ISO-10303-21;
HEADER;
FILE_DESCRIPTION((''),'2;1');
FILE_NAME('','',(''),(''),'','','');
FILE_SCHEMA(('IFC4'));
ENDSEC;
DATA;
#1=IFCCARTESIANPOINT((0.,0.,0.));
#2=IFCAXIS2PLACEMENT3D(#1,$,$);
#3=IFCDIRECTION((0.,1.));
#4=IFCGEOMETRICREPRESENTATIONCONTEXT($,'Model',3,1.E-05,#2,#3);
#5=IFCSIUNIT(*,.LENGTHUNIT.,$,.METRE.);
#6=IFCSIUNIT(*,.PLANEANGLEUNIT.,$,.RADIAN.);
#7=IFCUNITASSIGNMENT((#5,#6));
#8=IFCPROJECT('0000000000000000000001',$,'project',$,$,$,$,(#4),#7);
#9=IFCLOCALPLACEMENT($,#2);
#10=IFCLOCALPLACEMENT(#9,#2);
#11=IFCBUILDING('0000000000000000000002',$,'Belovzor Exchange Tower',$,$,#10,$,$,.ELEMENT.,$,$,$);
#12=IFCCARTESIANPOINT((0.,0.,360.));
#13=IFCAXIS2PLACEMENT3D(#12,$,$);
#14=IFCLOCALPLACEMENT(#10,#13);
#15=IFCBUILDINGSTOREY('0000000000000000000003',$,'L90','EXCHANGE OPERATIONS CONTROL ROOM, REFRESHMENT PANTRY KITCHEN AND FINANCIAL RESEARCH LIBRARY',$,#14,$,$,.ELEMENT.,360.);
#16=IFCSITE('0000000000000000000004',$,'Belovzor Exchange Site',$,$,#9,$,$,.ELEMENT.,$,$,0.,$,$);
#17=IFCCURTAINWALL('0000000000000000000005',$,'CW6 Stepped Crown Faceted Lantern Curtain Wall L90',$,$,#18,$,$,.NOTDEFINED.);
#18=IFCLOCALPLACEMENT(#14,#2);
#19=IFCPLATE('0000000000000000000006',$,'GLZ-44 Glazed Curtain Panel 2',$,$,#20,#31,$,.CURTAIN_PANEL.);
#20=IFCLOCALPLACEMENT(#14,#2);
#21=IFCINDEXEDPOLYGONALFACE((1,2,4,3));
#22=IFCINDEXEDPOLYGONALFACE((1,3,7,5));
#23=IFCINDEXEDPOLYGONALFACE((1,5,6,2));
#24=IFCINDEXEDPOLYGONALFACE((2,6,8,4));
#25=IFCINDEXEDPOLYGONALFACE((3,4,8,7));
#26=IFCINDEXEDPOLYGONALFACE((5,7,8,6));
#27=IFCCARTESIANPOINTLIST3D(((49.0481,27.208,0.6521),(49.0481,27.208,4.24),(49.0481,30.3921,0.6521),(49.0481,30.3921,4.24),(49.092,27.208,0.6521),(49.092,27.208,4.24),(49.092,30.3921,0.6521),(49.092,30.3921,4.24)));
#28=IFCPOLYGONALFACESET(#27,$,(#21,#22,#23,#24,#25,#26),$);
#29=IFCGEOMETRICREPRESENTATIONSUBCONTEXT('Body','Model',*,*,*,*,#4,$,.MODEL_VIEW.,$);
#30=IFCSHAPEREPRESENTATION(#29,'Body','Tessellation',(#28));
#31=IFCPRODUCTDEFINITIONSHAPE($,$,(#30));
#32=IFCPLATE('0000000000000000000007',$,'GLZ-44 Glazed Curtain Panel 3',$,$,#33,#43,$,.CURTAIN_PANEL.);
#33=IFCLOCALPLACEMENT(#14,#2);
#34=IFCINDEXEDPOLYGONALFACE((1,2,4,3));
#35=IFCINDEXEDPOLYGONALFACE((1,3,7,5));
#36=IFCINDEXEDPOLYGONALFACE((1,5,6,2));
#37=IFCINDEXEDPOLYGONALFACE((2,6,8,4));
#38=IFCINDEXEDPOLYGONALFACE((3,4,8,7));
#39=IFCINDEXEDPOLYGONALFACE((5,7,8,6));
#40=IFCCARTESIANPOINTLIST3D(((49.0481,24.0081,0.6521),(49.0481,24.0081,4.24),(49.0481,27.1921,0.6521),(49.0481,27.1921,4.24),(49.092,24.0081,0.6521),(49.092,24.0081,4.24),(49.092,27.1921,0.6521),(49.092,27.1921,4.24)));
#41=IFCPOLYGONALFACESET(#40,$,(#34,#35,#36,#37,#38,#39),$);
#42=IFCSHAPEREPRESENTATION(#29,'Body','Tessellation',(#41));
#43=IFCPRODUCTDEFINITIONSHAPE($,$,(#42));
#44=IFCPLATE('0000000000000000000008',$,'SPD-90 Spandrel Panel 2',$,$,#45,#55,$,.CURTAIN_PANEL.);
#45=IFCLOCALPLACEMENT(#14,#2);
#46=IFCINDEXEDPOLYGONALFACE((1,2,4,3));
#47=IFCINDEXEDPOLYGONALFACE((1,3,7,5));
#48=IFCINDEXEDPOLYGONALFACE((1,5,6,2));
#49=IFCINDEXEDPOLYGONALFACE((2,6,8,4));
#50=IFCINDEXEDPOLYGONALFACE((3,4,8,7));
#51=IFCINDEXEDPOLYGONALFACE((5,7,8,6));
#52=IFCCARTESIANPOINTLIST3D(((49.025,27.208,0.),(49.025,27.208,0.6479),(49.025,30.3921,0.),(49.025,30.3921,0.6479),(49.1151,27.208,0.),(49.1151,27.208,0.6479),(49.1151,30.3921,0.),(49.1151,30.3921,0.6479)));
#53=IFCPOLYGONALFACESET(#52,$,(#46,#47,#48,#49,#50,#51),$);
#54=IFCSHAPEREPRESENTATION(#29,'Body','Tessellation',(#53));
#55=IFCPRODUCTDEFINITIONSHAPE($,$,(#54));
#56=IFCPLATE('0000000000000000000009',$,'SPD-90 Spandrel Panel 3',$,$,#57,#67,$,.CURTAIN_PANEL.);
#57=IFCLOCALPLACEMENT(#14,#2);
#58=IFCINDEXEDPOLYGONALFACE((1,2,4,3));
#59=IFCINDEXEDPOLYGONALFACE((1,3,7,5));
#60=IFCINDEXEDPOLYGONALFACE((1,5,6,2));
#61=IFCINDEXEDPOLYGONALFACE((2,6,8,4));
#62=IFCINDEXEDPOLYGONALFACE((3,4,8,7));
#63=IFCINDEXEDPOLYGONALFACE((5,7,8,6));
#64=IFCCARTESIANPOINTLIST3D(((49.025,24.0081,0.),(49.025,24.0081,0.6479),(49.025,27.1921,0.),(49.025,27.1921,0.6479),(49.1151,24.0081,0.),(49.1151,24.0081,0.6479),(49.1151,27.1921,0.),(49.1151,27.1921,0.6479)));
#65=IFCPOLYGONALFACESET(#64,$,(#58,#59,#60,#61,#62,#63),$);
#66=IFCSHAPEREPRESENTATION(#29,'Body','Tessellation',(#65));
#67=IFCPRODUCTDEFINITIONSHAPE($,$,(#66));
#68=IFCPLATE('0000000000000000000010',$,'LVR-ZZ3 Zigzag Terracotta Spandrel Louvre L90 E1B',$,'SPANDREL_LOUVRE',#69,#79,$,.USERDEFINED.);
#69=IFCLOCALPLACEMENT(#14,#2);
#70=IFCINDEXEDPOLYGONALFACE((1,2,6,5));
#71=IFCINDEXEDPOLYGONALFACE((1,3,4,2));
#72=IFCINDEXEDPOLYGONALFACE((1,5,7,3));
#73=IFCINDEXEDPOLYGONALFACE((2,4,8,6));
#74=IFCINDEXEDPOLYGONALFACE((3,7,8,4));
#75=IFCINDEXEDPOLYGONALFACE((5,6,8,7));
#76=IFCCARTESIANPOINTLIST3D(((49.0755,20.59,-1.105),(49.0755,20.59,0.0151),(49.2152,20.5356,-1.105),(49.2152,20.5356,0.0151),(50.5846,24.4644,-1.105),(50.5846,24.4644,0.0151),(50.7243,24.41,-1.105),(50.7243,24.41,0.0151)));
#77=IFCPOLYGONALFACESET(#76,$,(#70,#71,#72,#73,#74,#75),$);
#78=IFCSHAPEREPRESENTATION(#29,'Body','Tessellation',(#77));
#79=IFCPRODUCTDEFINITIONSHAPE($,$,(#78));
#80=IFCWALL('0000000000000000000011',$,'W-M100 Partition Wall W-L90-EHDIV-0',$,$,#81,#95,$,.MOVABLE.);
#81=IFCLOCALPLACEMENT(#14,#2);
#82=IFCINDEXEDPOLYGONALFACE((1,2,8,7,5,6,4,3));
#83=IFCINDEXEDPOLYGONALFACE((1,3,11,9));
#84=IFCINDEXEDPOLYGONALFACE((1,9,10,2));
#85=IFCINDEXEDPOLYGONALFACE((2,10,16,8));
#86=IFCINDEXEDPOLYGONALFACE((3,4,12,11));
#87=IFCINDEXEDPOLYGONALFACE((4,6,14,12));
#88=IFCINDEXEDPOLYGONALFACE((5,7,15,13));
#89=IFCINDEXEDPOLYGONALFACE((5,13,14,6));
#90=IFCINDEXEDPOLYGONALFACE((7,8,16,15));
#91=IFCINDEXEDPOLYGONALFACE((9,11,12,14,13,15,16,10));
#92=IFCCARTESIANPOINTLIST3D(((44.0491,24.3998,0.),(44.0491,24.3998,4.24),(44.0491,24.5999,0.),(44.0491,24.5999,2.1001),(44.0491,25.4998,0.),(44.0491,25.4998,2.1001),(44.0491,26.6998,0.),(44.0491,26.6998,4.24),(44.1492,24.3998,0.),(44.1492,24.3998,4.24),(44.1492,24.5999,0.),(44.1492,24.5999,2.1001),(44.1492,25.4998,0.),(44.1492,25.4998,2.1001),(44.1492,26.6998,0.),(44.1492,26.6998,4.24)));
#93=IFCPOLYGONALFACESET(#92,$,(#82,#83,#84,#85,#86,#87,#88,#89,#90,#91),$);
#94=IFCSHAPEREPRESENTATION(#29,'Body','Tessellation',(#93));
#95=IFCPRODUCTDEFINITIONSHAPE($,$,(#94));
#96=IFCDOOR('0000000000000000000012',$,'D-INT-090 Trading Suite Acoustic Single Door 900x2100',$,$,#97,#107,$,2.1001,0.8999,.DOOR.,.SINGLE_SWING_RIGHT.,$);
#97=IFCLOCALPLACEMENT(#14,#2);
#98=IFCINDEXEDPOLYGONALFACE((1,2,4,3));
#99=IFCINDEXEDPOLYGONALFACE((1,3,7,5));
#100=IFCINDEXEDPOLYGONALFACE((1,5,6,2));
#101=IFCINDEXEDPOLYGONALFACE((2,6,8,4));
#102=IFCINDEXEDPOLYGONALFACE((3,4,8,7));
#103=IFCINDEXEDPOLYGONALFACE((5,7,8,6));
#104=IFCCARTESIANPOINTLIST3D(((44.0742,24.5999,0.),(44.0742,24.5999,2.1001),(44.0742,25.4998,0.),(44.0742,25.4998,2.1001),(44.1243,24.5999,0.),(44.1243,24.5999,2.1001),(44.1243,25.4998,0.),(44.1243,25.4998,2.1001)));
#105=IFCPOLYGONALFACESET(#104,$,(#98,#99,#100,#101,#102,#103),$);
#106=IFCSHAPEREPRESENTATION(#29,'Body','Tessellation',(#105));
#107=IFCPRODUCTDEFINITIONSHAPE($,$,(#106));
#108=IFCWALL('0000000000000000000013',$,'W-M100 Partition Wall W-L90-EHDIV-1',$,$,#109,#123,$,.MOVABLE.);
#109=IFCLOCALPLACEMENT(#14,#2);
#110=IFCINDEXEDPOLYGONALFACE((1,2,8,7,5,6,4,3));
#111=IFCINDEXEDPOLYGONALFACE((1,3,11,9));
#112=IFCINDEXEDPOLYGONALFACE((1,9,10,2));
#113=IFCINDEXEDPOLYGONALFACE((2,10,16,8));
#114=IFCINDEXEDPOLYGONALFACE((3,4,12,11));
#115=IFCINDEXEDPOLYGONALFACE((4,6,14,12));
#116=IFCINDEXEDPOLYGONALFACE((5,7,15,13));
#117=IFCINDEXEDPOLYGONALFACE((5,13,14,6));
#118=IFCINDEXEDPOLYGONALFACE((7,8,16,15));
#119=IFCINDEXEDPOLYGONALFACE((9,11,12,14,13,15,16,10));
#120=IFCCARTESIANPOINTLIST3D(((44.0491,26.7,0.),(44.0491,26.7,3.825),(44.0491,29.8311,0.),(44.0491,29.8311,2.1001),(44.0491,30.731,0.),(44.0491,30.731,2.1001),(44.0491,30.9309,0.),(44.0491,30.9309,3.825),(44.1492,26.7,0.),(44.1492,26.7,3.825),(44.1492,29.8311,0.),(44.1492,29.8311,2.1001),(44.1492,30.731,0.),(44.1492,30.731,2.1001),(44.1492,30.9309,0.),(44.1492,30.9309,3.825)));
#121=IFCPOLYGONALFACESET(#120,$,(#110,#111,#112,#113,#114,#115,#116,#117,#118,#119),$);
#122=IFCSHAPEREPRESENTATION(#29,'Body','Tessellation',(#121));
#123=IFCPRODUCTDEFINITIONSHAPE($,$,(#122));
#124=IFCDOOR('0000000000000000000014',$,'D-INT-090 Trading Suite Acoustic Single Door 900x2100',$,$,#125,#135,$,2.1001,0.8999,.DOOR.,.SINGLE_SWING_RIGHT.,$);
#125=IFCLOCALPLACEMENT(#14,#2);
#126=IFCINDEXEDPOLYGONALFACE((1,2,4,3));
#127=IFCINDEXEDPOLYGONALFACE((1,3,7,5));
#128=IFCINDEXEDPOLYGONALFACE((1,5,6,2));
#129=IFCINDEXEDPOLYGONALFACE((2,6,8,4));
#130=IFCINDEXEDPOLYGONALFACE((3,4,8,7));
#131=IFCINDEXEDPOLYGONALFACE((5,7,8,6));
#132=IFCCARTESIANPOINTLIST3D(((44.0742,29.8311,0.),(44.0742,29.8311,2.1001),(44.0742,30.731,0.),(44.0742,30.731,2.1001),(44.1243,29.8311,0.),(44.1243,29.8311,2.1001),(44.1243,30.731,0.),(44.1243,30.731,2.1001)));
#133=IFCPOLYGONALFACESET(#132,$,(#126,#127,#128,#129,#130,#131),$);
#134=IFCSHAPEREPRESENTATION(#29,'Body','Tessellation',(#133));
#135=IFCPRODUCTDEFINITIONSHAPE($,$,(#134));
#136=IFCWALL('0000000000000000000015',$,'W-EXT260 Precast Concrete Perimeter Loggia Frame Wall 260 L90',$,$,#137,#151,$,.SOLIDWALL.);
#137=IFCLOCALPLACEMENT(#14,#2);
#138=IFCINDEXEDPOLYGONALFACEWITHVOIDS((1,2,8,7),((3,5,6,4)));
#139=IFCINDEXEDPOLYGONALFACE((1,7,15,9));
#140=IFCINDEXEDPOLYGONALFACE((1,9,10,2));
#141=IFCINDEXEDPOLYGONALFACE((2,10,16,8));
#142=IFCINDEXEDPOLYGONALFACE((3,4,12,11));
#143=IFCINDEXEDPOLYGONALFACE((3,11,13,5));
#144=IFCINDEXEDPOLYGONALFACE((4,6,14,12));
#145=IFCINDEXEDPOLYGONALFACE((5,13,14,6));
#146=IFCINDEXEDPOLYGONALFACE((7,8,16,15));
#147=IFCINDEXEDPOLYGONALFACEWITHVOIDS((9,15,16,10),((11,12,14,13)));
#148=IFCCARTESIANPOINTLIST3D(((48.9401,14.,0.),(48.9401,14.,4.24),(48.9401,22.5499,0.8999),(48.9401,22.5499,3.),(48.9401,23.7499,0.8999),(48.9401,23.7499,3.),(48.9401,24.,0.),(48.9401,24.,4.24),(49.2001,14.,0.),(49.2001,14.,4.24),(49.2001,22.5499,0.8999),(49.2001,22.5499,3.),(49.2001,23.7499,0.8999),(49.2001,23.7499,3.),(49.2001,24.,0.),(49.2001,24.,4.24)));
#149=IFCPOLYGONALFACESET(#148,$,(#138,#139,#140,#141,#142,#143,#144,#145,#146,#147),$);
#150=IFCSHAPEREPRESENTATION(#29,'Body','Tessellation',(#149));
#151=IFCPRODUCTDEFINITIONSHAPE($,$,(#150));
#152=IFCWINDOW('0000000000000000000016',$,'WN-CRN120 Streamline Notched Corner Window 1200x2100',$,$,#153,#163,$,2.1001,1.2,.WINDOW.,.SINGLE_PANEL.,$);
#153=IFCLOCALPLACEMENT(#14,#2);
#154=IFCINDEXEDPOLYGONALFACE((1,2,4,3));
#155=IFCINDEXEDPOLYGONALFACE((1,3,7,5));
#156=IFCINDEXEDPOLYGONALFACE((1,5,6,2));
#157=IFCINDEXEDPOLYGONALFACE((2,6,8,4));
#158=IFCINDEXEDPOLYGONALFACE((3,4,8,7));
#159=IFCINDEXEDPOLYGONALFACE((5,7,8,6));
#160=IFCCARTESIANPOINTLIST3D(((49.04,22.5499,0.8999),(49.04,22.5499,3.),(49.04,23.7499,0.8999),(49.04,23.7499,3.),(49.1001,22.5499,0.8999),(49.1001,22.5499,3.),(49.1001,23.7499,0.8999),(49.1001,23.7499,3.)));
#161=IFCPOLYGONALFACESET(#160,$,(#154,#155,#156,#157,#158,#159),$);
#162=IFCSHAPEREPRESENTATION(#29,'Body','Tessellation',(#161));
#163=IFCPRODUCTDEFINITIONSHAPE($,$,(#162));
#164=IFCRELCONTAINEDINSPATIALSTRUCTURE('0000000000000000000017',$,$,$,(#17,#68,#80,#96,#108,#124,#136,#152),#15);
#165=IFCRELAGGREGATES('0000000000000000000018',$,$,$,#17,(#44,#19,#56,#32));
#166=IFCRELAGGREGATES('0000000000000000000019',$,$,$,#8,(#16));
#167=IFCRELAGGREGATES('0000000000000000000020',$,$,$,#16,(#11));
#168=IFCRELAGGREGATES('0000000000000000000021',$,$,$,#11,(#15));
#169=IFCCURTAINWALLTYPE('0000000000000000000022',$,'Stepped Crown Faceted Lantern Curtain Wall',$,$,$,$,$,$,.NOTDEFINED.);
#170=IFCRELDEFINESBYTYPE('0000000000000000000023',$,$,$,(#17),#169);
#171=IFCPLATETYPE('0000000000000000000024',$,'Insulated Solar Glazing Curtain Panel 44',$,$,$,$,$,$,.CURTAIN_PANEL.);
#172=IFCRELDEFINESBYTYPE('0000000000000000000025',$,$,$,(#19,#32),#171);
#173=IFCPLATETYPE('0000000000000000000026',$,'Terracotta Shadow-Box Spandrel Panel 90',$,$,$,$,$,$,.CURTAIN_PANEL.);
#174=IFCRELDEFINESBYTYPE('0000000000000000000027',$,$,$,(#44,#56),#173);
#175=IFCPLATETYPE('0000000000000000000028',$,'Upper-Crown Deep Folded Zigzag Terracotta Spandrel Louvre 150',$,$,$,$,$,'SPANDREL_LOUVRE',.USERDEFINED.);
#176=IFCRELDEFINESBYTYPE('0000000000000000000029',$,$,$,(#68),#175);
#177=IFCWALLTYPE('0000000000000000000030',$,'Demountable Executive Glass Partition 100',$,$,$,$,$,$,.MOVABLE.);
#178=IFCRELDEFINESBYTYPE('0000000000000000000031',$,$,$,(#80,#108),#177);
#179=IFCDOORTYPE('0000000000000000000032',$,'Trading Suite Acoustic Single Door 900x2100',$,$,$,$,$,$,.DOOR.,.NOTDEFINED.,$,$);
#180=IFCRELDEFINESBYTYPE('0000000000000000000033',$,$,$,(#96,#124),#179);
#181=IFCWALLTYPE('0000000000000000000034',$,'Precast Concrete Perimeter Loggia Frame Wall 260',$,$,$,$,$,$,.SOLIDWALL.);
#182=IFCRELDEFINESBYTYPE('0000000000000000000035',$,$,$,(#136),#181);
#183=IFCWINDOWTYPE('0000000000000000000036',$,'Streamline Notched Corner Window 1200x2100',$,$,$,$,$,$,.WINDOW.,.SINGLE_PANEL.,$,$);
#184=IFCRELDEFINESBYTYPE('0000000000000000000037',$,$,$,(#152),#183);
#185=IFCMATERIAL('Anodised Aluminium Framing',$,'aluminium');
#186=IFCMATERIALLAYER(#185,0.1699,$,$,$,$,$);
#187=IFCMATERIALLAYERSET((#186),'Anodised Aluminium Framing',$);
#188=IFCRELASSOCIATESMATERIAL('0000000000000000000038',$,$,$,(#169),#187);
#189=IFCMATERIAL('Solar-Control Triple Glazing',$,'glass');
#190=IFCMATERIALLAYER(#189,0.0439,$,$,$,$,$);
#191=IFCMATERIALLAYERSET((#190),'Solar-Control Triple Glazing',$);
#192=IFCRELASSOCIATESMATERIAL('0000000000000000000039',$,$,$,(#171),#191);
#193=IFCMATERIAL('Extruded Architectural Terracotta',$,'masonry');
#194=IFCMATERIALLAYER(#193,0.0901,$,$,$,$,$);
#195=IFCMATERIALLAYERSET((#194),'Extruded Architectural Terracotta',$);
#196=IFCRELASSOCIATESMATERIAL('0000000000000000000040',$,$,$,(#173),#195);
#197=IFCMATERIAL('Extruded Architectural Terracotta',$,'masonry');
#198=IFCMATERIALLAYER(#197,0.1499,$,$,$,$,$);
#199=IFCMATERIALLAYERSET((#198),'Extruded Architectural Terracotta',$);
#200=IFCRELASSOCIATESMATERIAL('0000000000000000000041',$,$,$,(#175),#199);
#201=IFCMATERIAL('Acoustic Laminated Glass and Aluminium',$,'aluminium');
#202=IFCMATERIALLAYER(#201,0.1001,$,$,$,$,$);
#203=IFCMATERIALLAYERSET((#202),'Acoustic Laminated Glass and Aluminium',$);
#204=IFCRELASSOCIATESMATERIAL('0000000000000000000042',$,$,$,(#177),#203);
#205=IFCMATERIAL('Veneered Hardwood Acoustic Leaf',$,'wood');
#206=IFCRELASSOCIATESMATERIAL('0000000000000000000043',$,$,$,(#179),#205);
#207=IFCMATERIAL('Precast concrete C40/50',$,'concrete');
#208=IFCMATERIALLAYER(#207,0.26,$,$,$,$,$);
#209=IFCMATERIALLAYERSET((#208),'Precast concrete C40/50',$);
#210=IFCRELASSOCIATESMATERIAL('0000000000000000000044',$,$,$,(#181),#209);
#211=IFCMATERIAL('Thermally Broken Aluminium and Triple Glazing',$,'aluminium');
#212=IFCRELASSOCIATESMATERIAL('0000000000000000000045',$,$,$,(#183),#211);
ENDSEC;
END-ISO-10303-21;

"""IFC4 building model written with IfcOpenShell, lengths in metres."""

from ifc_helpers import new_model, si_unit, direction, frame, frame_2d, origin, origin_2d, place, context, subcontext, project, spatial, rectangle, extrude, material, layer, layer_set, type_object, element, fill, aggregate, save


model = new_model("IFC4")

# Units and contexts
model_context = context("Model", 3, precision=1e-05, world=origin(), true_north=direction((0.0, 1.0)))
body_context = subcontext(model_context, "Body", "Model", "MODEL_VIEW")
ifc_project = project(units=[si_unit("LENGTHUNIT", "METRE"), si_unit("PLANEANGLEUNIT", "RADIAN")], contexts=[model_context])

# Site, building, storey
site_placement = place(None, origin())
site = spatial("IfcSite", under=ifc_project, at=site_placement, Name="Belovzor Exchange Site", CompositionType="ELEMENT", RefElevation=0.0)
building_placement = place(site_placement, origin())
building = spatial("IfcBuilding", under=site, at=building_placement, Name="Belovzor Exchange Tower", CompositionType="ELEMENT")
storey_placement = place(building_placement, frame((0.0, 0.0, 360.0)))
storey = spatial("IfcBuildingStorey", under=building, at=storey_placement, Name="L90", Description="EXCHANGE OPERATIONS CONTROL ROOM, REFRESHMENT PANTRY KITCHEN AND FINANCIAL RESEARCH LIBRARY", CompositionType="ELEMENT", Elevation=360.0)

# Curtain wall
ifc_material_1 = material(Name="Anodised Aluminium Framing", Category="aluminium")
ifc_layer_1 = layer(ifc_material_1, 0.1699)
ifc_layer_set_1 = layer_set([ifc_layer_1], Name="Anodised Aluminium Framing")
curtain_wall_type = type_object("IfcCurtainWallType", Name="Stepped Crown Faceted Lantern Curtain Wall", PredefinedType="NOTDEFINED", material=ifc_layer_set_1)
curtain_wall_placement = place(storey_placement, origin())
curtain_wall = element("IfcCurtainWall", 1, at=curtain_wall_placement, inside=storey, type_object=curtain_wall_type, Name="CW6 Stepped Crown Faceted Lantern Curtain Wall L90", PredefinedType="NOTDEFINED")

# Plates
ifc_material_2 = material(Name="Solar-Control Triple Glazing", Category="glass")
ifc_layer_2 = layer(ifc_material_2, 0.0439)
ifc_layer_set_2 = layer_set([ifc_layer_2], Name="Solar-Control Triple Glazing")
plate_type_1 = type_object("IfcPlateType", Name="Insulated Solar Glazing Curtain Panel 44", PredefinedType="CURTAIN_PANEL", material=ifc_layer_set_2)
plate_1_placement = place(storey_placement, frame((49.0701, 28.8, 0.6521), z_axis=(0.0, 0.0, 1.0), x_axis=(0.0, -1.0, 0.0)))
plate_1 = element("IfcPlate", 2, at=plate_1_placement, type_object=plate_type_1, Name="GLZ-44 Glazed Curtain Panel 2", PredefinedType="CURTAIN_PANEL", context=body_context, shape_type="SweptSolid", body=[
    extrude(rectangle(XDim=3.1841, YDim=0.0439, at=origin_2d()), origin(), (0.0, 0.0, 1.0), 3.5879),
])
plate_2_placement = place(storey_placement, frame((49.0701, 25.6001, 0.6521), z_axis=(0.0, 0.0, 1.0), x_axis=(0.0, -1.0, 0.0)))
plate_2 = element("IfcPlate", 3, at=plate_2_placement, type_object=plate_type_1, Name="GLZ-44 Glazed Curtain Panel 3", PredefinedType="CURTAIN_PANEL", context=body_context, shape_type="SweptSolid", body=[
    extrude(rectangle(XDim=3.1841, YDim=0.0439, at=origin_2d()), origin(), (0.0, 0.0, 1.0), 3.5879),
])
ifc_material_3 = material(Name="Extruded Architectural Terracotta", Category="masonry")
ifc_layer_3 = layer(ifc_material_3, 0.0901)
ifc_layer_set_3 = layer_set([ifc_layer_3], Name="Extruded Architectural Terracotta")
plate_type_2 = type_object("IfcPlateType", Name="Terracotta Shadow-Box Spandrel Panel 90", PredefinedType="CURTAIN_PANEL", material=ifc_layer_set_3)
plate_3_placement = place(storey_placement, frame((49.0701, 28.8, 0.0), z_axis=(0.0, 0.0, 1.0), x_axis=(0.0, -1.0, 0.0)))
plate_3 = element("IfcPlate", 4, at=plate_3_placement, type_object=plate_type_2, Name="SPD-90 Spandrel Panel 2", PredefinedType="CURTAIN_PANEL", context=body_context, shape_type="SweptSolid", body=[
    extrude(rectangle(XDim=3.1841, YDim=0.0901, at=origin_2d()), origin(), (0.0, 0.0, 1.0), 0.6479),
])
plate_4_placement = place(storey_placement, frame((49.0701, 25.6001, 0.0), z_axis=(0.0, 0.0, 1.0), x_axis=(0.0, -1.0, 0.0)))
plate_4 = element("IfcPlate", 5, at=plate_4_placement, type_object=plate_type_2, Name="SPD-90 Spandrel Panel 3", PredefinedType="CURTAIN_PANEL", context=body_context, shape_type="SweptSolid", body=[
    extrude(rectangle(XDim=3.1841, YDim=0.0901, at=origin_2d()), origin(), (0.0, 0.0, 1.0), 0.6479),
])
aggregate(curtain_wall, [plate_3, plate_1, plate_4, plate_2])
ifc_material_4 = material(Name="Extruded Architectural Terracotta", Category="masonry")
ifc_layer_4 = layer(ifc_material_4, 0.1499)
ifc_layer_set_4 = layer_set([ifc_layer_4], Name="Extruded Architectural Terracotta")
plate_type_3 = type_object("IfcPlateType", Name="Upper-Crown Deep Folded Zigzag Terracotta Spandrel Louvre 150", ElementType="SPANDREL_LOUVRE", PredefinedType="USERDEFINED", material=ifc_layer_set_4)
plate_5_placement = place(storey_placement, frame((49.8999, 22.5, -1.105), z_axis=(0.0, 0.0, 1.0), x_axis=(0.362926, 0.931818, 0.0)))
element("IfcPlate", 6, at=plate_5_placement, inside=storey, type_object=plate_type_3, Name="LVR-ZZ3 Zigzag Terracotta Spandrel Louvre L90 E1B", ObjectType="SPANDREL_LOUVRE", PredefinedType="USERDEFINED", context=body_context, shape_type="SweptSolid", body=[
    extrude(rectangle(XDim=4.158, YDim=0.1499, at=origin_2d()), origin(), (0.0, 0.0, 1.0), 1.1201),
])

# Walls, openings, doors
ifc_material_5 = material(Name="Acoustic Laminated Glass and Aluminium", Category="aluminium")
ifc_layer_5 = layer(ifc_material_5, 0.1001)
ifc_layer_set_5 = layer_set([ifc_layer_5], Name="Acoustic Laminated Glass and Aluminium")
wall_type_1 = type_object("IfcWallType", Name="Demountable Executive Glass Partition 100", PredefinedType="MOVABLE", material=ifc_layer_set_5)
wall_1_placement = place(storey_placement, frame((44.0991, 24.3999, 0.0), z_axis=(0.0, 0.0, 1.0), x_axis=(0.0, 1.0, 0.0)))
wall_1 = element("IfcWall", 7, at=wall_1_placement, inside=storey, type_object=wall_type_1, Name="W-M100 Partition Wall W-L90-EHDIV-0", PredefinedType="MOVABLE", context=body_context, shape_type="SweptSolid", body=[
    extrude(rectangle(XDim=2.3, YDim=0.1001, at=frame_2d((1.1499, 0.0))), origin(), (0.0, 0.0, 1.0), 4.24),
])
opening_1_placement = place(wall_1_placement, frame((0.2, 0.0, 0.0)))
opening_1 = element("IfcOpeningElement", 8, at=opening_1_placement, cuts=wall_1, PredefinedType="OPENING", context=body_context, shape_type="SweptSolid", body=[
    extrude(rectangle(XDim=0.8999, YDim=2.1001, at=frame_2d((0.45, 1.05))), frame((0.0, 0.0601, 0.0), z_axis=(0.0, -1.0, 0.0), x_axis=(1.0, 0.0, 0.0)), (0.0, 0.0, 1.0), 0.1201),
])
ifc_material_6 = material(Name="Veneered Hardwood Acoustic Leaf", Category="wood")
door_type = type_object("IfcDoorType", Name="Trading Suite Acoustic Single Door 900x2100", OperationType="NOTDEFINED", PredefinedType="DOOR", material=ifc_material_6)
door_1_placement = place(opening_1_placement, origin())
door_1 = element("IfcDoor", 9, at=door_1_placement, inside=storey, type_object=door_type, Name="D-INT-090 Trading Suite Acoustic Single Door 900x2100", OperationType="SINGLE_SWING_RIGHT", OverallHeight=2.1001, OverallWidth=0.8999, PredefinedType="DOOR", context=body_context, shape_type="SweptSolid", body=[
    extrude(rectangle(XDim=0.8999, YDim=2.1001, at=frame_2d((0.45, 1.05))), frame((0.0, 0.0249, 0.0), z_axis=(0.0, -1.0, 0.0), x_axis=(1.0, 0.0, 0.0)), (0.0, 0.0, 1.0), 0.05),
])
fill(opening_1, door_1)
wall_2_placement = place(storey_placement, frame((44.0991, 26.7, 0.0), z_axis=(0.0, 0.0, 1.0), x_axis=(0.0, 1.0, 0.0)))
wall_2 = element("IfcWall", 10, at=wall_2_placement, inside=storey, type_object=wall_type_1, Name="W-M100 Partition Wall W-L90-EHDIV-1", PredefinedType="MOVABLE", context=body_context, shape_type="SweptSolid", body=[
    extrude(rectangle(XDim=4.231, YDim=0.1001, at=frame_2d((2.1155, 0.0))), origin(), (0.0, 0.0, 1.0), 3.825),
])
opening_2_placement = place(wall_2_placement, frame((3.1311, 0.0, 0.0)))
opening_2 = element("IfcOpeningElement", 11, at=opening_2_placement, cuts=wall_2, PredefinedType="OPENING", context=body_context, shape_type="SweptSolid", body=[
    extrude(rectangle(XDim=0.8999, YDim=2.1001, at=frame_2d((0.45, 1.05))), frame((0.0, 0.0601, 0.0), z_axis=(0.0, -1.0, 0.0), x_axis=(1.0, 0.0, 0.0)), (0.0, 0.0, 1.0), 0.1201),
])
door_2_placement = place(opening_2_placement, origin())
door_2 = element("IfcDoor", 12, at=door_2_placement, inside=storey, type_object=door_type, Name="D-INT-090 Trading Suite Acoustic Single Door 900x2100", OperationType="SINGLE_SWING_RIGHT", OverallHeight=2.1001, OverallWidth=0.8999, PredefinedType="DOOR", context=body_context, shape_type="SweptSolid", body=[
    extrude(rectangle(XDim=0.8999, YDim=2.1001, at=frame_2d((0.45, 1.05))), frame((0.0, 0.0249, 0.0), z_axis=(0.0, -1.0, 0.0), x_axis=(1.0, 0.0, 0.0)), (0.0, 0.0, 1.0), 0.05),
])
fill(opening_2, door_2)

# Wall, opening, window
ifc_material_7 = material(Name="Precast concrete C40/50", Category="concrete")
ifc_layer_6 = layer(ifc_material_7, 0.26)
ifc_layer_set_6 = layer_set([ifc_layer_6], Name="Precast concrete C40/50")
wall_type_2 = type_object("IfcWallType", Name="Precast Concrete Perimeter Loggia Frame Wall 260", PredefinedType="SOLIDWALL", material=ifc_layer_set_6)
wall_3_placement = place(storey_placement, frame((49.0701, 24.0, 0.0), z_axis=(0.0, 0.0, 1.0), x_axis=(0.0, -1.0, 0.0)))
wall_3 = element("IfcWall", 13, at=wall_3_placement, inside=storey, type_object=wall_type_2, Name="W-EXT260 Precast Concrete Perimeter Loggia Frame Wall 260 L90", PredefinedType="SOLIDWALL", context=body_context, shape_type="SweptSolid", body=[
    extrude(rectangle(XDim=10.0, YDim=0.26, at=frame_2d((5.0, 0.0))), origin(), (0.0, 0.0, 1.0), 4.24),
])
opening_3_placement = place(wall_3_placement, frame((0.25, 0.0, 0.8999)))
opening_3 = element("IfcOpeningElement", 14, at=opening_3_placement, cuts=wall_3, PredefinedType="OPENING", context=body_context, shape_type="SweptSolid", body=[
    extrude(rectangle(XDim=1.2, YDim=2.1001, at=frame_2d((0.6001, 1.05))), frame((0.0, 0.1399, 0.0), z_axis=(0.0, -1.0, 0.0), x_axis=(1.0, 0.0, 0.0)), (0.0, 0.0, 1.0), 0.28),
])
ifc_material_8 = material(Name="Thermally Broken Aluminium and Triple Glazing", Category="aluminium")
window_type = type_object("IfcWindowType", Name="Streamline Notched Corner Window 1200x2100", PartitioningType="SINGLE_PANEL", PredefinedType="WINDOW", material=ifc_material_8)
window_placement = place(opening_3_placement, origin())
window = element("IfcWindow", 15, at=window_placement, inside=storey, type_object=window_type, Name="WN-CRN120 Streamline Notched Corner Window 1200x2100", OverallHeight=2.1001, OverallWidth=1.2, PartitioningType="SINGLE_PANEL", PredefinedType="WINDOW", context=body_context, shape_type="SweptSolid", body=[
    extrude(rectangle(XDim=1.2, YDim=2.1001, at=frame_2d((0.6001, 1.05))), frame((0.0, 0.03, 0.0), z_axis=(0.0, -1.0, 0.0), x_axis=(1.0, 0.0, 0.0)), (0.0, 0.0, 1.0), 0.0601),
])
fill(opening_3, window)

save(model, "model.ifc")
